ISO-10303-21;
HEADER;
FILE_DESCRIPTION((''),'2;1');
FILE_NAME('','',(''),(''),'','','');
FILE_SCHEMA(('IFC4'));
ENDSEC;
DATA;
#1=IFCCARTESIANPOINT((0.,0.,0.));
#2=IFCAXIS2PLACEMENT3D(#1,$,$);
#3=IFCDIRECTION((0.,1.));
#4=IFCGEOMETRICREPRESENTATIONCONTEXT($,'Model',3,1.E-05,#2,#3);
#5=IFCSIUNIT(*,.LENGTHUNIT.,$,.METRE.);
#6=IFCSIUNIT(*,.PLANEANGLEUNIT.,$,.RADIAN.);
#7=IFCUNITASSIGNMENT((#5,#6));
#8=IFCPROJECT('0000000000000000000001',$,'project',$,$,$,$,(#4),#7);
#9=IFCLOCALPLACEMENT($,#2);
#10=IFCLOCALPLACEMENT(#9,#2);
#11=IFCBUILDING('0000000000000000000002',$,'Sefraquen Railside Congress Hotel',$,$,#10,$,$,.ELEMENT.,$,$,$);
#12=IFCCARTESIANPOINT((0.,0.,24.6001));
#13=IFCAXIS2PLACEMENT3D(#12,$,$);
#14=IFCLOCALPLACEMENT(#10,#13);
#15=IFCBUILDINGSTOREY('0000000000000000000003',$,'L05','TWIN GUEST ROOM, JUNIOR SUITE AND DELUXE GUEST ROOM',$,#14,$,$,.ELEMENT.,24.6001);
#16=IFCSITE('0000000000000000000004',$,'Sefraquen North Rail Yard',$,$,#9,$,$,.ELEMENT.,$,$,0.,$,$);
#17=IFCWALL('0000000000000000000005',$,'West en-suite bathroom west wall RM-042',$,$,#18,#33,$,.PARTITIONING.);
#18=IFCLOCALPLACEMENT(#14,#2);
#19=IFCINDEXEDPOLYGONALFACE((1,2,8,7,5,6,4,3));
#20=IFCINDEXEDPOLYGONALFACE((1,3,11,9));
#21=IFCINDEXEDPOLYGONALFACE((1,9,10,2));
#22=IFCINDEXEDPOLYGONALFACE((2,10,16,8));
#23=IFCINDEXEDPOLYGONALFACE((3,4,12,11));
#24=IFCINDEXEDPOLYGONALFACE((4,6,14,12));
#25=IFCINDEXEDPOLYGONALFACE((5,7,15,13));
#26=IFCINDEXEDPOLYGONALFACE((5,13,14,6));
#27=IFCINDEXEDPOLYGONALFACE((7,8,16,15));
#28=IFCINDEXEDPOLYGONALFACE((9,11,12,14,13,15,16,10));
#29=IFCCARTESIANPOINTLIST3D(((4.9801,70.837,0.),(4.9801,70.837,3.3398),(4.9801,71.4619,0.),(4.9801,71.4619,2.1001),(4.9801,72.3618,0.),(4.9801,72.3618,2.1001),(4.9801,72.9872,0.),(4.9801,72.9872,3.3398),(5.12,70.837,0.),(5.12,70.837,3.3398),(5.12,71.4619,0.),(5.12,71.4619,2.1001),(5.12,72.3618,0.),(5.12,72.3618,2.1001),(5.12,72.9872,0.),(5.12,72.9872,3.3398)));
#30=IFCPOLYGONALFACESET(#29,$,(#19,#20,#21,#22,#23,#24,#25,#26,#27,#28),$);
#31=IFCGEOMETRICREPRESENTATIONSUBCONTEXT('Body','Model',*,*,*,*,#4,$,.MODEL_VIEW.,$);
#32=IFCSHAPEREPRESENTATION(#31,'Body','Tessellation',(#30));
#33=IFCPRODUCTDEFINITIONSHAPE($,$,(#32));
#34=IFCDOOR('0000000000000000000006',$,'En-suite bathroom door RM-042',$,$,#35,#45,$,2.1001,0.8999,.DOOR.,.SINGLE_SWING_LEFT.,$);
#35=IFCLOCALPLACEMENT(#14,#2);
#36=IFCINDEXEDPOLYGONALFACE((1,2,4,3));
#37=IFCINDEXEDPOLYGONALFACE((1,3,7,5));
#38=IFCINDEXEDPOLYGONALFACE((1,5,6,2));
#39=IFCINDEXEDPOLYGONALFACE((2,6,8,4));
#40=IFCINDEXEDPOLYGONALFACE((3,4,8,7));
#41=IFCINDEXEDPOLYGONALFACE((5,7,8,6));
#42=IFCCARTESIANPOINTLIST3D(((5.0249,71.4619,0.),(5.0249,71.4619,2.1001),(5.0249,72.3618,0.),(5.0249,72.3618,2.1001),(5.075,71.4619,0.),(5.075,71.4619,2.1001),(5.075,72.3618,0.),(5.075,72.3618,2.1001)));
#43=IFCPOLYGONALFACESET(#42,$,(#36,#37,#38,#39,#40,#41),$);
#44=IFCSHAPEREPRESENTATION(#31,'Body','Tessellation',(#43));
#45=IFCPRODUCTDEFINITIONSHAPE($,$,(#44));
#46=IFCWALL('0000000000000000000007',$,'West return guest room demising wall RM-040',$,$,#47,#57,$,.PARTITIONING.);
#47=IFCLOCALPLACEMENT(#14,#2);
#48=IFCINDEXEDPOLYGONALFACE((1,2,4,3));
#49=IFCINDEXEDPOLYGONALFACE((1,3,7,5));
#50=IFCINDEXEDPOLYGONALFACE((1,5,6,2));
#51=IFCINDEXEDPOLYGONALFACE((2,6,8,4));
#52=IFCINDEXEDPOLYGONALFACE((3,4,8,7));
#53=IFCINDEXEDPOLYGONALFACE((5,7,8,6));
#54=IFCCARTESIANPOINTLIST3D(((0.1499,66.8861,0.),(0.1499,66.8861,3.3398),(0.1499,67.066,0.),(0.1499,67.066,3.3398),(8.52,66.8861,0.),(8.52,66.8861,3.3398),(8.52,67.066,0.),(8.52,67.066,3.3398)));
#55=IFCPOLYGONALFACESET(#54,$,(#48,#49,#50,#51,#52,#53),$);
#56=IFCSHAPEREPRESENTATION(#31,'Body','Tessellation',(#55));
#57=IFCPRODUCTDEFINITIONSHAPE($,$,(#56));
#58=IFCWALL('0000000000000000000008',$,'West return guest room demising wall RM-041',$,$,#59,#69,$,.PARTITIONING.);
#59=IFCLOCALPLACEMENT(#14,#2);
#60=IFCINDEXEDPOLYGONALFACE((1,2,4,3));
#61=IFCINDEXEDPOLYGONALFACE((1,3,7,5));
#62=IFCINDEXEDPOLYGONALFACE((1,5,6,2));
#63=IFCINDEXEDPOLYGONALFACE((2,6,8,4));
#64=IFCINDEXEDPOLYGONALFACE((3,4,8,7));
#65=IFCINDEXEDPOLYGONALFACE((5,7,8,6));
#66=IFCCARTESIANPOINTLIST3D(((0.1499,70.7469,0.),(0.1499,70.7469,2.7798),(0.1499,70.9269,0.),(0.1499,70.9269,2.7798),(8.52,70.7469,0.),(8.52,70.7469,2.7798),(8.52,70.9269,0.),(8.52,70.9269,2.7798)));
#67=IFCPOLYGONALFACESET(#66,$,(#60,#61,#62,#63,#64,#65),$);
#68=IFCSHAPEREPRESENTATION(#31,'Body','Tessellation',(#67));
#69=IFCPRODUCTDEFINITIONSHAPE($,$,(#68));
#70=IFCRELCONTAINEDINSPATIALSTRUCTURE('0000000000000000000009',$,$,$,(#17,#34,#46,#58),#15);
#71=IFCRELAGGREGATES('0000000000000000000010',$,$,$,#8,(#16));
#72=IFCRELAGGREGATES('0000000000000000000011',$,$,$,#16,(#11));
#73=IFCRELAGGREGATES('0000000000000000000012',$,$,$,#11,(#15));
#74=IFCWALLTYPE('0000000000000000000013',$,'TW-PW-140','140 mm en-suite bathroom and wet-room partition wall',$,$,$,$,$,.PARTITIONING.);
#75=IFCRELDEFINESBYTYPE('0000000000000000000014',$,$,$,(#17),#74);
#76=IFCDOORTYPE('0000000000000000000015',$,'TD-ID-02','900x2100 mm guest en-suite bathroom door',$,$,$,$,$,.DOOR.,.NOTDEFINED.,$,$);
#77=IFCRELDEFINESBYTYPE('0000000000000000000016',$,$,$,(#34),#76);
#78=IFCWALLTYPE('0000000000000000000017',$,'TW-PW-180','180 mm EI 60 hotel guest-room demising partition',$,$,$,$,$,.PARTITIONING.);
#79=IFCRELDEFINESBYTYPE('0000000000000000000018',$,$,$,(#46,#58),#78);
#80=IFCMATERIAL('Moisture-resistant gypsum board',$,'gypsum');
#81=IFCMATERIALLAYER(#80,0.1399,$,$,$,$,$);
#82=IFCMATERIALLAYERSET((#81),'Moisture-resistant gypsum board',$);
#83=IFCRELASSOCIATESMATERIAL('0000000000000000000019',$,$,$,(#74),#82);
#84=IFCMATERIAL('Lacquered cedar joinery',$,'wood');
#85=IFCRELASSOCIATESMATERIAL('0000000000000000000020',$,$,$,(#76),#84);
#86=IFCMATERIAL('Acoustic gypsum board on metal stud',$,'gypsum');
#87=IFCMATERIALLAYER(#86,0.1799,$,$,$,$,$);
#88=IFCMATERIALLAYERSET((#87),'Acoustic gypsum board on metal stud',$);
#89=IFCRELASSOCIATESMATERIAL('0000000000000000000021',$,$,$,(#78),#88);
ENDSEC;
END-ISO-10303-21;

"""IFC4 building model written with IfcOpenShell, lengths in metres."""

from ifc_helpers import new_model, si_unit, direction, frame, frame_2d, origin, place, context, subcontext, project, spatial, rectangle, extrude, material, layer, layer_set, type_object, element, fill, save


model = new_model("IFC4")

# Units and contexts
model_context = context("Model", 3, precision=1e-05, world=origin(), true_north=direction((0.0, 1.0)))
body_context = subcontext(model_context, "Body", "Model", "MODEL_VIEW")
ifc_project = project(units=[si_unit("LENGTHUNIT", "METRE"), si_unit("PLANEANGLEUNIT", "RADIAN")], contexts=[model_context])

# Site, building, storey
site_placement = place(None, origin())
site = spatial("IfcSite", under=ifc_project, at=site_placement, Name="Sefraquen North Rail Yard", CompositionType="ELEMENT", RefElevation=0.0)
building_placement = place(site_placement, origin())
building = spatial("IfcBuilding", under=site, at=building_placement, Name="Sefraquen Railside Congress Hotel", CompositionType="ELEMENT")
storey_placement = place(building_placement, frame((0.0, 0.0, 24.6001)))
storey = spatial("IfcBuildingStorey", under=building, at=storey_placement, Name="L05", Description="TWIN GUEST ROOM, JUNIOR SUITE AND DELUXE GUEST ROOM", CompositionType="ELEMENT", Elevation=24.6001)

# Shared definitions
ifc_material_1 = material(Name="Moisture-resistant gypsum board", Category="gypsum")
ifc_layer_1 = layer(ifc_material_1, 0.1399)
ifc_layer_set_1 = layer_set([ifc_layer_1], Name="Moisture-resistant gypsum board")
wall_type_1 = type_object("IfcWallType", Name="TW-PW-140", Description="140 mm en-suite bathroom and wet-room partition wall", PredefinedType="PARTITIONING", material=ifc_layer_set_1)

# Shared definitions
ifc_material_2 = material(Name="Lacquered cedar joinery", Category="wood")
door_type = type_object("IfcDoorType", Name="TD-ID-02", Description="900x2100 mm guest en-suite bathroom door", OperationType="NOTDEFINED", PredefinedType="DOOR", material=ifc_material_2)

# Wall, opening, door
wall_1_placement = place(storey_placement, frame((5.05, 70.8369, 0.0), z_axis=(0.0, 0.0, 1.0), x_axis=(0.0, 1.0, 0.0)))
wall_1 = element("IfcWall", 1, at=wall_1_placement, inside=storey, type_object=wall_type_1, Name="West en-suite bathroom west wall RM-042", PredefinedType="PARTITIONING", context=body_context, shape_type="SweptSolid", body=[
    extrude(rectangle(XDim=2.1501, YDim=0.1399, at=frame_2d((1.0752, 0.0))), origin(), (0.0, 0.0, 1.0), 3.3398),
])
opening_1_placement = place(wall_1_placement, frame((0.625, 0.0, 0.0)))
opening_1 = element("IfcOpeningElement", 2, at=opening_1_placement, cuts=wall_1, PredefinedType="OPENING", context=body_context, shape_type="SweptSolid", body=[
    extrude(rectangle(XDim=0.8999, YDim=2.1001, at=frame_2d((0.45, 1.05))), frame((0.0, 0.0798, 0.0), z_axis=(0.0, -1.0, 0.0), x_axis=(1.0, 0.0, 0.0)), (0.0, 0.0, 1.0), 0.1599),
])
door_1_placement = place(opening_1_placement, frame((0.8999, 0.0, 0.0), z_axis=(0.0, 0.0, 1.0), x_axis=(-1.0, 0.0, 0.0)))
door_1 = element("IfcDoor", 3, at=door_1_placement, inside=storey, type_object=door_type, Name="En-suite bathroom door RM-042", OperationType="SINGLE_SWING_LEFT", OverallHeight=2.1001, OverallWidth=0.8999, PredefinedType="DOOR", context=body_context, shape_type="SweptSolid", body=[
    extrude(rectangle(XDim=0.8999, YDim=2.1001, at=frame_2d((0.45, 1.05))), frame((0.0, 0.0249, 0.0), z_axis=(0.0, -1.0, 0.0), x_axis=(1.0, 0.0, 0.0)), (0.0, 0.0, 1.0), 0.05),
])
fill(opening_1, door_1)

# Walls
ifc_material_3 = material(Name="Acoustic gypsum board on metal stud", Category="gypsum")
ifc_layer_2 = layer(ifc_material_3, 0.1799)
ifc_layer_set_2 = layer_set([ifc_layer_2], Name="Acoustic gypsum board on metal stud")
wall_type_2 = type_object("IfcWallType", Name="TW-PW-180", Description="180 mm EI 60 hotel guest-room demising partition", PredefinedType="PARTITIONING", material=ifc_layer_set_2)
wall_2_placement = place(storey_placement, frame((0.1499, 66.9761, 0.0), z_axis=(0.0, 0.0, 1.0), x_axis=(1.0, 0.0, 0.0)))
element("IfcWall", 4, at=wall_2_placement, inside=storey, type_object=wall_type_2, Name="West return guest room demising wall RM-040", PredefinedType="PARTITIONING", context=body_context, shape_type="SweptSolid", body=[
    extrude(rectangle(XDim=8.3701, YDim=0.1799, at=frame_2d((4.1851, 0.0))), origin(), (0.0, 0.0, 1.0), 3.3398),
])
wall_3_placement = place(storey_placement, frame((0.1499, 70.8369, 0.0), z_axis=(0.0, 0.0, 1.0), x_axis=(1.0, 0.0, 0.0)))
element("IfcWall", 5, at=wall_3_placement, inside=storey, type_object=wall_type_2, Name="West return guest room demising wall RM-041", PredefinedType="PARTITIONING", context=body_context, shape_type="SweptSolid", body=[
    extrude(rectangle(XDim=8.3701, YDim=0.1799, at=frame_2d((4.1851, 0.0))), origin(), (0.0, 0.0, 1.0), 2.7798),
])

save(model, "model.ifc")
